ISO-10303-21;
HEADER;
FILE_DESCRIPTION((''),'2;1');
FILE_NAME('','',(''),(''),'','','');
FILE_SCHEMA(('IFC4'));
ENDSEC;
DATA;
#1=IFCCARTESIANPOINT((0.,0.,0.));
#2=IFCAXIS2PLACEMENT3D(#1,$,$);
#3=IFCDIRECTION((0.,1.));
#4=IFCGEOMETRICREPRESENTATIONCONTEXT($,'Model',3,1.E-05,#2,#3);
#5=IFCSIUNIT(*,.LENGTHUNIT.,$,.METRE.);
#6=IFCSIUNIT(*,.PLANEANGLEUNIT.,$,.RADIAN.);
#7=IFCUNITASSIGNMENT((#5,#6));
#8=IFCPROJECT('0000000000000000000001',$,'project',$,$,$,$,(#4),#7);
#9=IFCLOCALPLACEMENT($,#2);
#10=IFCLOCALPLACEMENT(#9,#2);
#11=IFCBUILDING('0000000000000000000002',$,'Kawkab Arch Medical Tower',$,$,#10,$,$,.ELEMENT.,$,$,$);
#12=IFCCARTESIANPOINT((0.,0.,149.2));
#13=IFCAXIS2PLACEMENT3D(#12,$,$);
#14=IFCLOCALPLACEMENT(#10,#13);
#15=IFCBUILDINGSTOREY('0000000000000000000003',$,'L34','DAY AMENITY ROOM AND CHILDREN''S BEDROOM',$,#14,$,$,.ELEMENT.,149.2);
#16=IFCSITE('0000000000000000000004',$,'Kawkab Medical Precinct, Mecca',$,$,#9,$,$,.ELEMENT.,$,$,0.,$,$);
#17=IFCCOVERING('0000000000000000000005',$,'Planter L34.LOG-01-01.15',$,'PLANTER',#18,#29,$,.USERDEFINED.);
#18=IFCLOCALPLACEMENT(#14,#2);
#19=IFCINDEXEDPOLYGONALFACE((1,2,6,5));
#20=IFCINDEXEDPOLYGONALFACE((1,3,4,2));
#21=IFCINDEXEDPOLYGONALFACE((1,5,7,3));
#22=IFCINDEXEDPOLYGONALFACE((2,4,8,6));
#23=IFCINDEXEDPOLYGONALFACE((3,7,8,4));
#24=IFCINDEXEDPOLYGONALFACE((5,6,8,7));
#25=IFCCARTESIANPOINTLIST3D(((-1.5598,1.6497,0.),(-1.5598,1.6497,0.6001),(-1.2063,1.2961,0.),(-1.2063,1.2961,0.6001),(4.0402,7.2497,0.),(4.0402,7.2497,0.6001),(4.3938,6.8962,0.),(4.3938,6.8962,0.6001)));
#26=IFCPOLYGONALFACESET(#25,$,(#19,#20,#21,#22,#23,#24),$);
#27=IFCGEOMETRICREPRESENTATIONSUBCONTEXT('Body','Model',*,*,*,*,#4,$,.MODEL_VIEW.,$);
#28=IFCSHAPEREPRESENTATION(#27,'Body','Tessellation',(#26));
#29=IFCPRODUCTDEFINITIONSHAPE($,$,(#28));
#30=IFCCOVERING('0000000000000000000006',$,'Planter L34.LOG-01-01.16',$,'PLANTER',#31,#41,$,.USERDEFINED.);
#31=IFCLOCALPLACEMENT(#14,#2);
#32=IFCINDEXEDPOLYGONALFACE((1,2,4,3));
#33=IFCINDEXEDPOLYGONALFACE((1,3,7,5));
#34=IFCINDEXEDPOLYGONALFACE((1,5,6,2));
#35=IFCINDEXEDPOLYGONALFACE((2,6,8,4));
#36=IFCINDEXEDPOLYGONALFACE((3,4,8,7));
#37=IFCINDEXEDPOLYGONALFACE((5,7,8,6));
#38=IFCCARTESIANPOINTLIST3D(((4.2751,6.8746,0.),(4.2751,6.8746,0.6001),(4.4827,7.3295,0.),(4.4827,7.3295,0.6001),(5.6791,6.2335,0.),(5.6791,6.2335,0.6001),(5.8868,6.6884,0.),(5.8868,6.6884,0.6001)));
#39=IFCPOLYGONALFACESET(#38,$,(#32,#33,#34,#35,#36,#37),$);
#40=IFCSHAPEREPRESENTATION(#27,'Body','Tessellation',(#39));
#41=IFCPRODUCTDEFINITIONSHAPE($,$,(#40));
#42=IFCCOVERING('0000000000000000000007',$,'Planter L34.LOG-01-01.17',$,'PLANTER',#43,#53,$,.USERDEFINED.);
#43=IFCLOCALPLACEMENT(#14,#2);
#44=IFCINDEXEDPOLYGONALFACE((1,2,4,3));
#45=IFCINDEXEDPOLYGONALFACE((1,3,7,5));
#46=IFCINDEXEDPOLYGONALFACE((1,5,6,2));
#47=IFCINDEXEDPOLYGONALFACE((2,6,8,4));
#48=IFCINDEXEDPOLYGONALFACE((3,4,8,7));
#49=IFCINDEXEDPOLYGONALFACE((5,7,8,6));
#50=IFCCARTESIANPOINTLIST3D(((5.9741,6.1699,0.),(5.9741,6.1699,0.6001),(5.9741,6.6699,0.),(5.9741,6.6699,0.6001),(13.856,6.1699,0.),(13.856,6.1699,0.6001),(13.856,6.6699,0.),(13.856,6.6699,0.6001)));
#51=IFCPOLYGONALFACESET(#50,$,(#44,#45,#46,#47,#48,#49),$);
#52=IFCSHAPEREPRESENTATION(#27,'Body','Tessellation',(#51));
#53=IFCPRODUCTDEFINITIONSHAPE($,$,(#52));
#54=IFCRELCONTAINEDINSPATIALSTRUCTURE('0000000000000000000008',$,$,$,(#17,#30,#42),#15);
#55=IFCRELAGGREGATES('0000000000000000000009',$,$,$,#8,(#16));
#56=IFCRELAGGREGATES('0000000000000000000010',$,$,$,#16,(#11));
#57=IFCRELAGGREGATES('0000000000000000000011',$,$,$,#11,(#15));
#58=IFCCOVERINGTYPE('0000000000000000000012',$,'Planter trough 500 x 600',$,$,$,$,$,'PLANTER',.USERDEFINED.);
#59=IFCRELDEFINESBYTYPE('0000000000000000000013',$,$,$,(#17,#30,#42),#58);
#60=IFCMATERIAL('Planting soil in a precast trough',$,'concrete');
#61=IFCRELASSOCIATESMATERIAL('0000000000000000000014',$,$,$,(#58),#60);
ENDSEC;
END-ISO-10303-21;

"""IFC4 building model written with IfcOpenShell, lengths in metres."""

from ifc_helpers import new_model, si_unit, direction, frame, origin, origin_2d, place, context, subcontext, project, spatial, rectangle, extrude, material, material_profile, profile_set, type_object, element, save


model = new_model("IFC4")

# Units and contexts
model_context = context("Model", 3, precision=1e-05, world=origin(), true_north=direction((0.0, 1.0)))
body_context = subcontext(model_context, "Body", "Model", "MODEL_VIEW")
ifc_project = project(units=[si_unit("LENGTHUNIT", "METRE"), si_unit("PLANEANGLEUNIT", "RADIAN")], contexts=[model_context])

# Site, building, storey
site_placement = place(None, origin())
site = spatial("IfcSite", under=ifc_project, at=site_placement, Name="Kawkab Medical Precinct, Mecca", CompositionType="ELEMENT", RefElevation=0.0)
building_placement = place(site_placement, origin())
building = spatial("IfcBuilding", under=site, at=building_placement, Name="Kawkab Arch Medical Tower", CompositionType="ELEMENT")
storey_placement = place(building_placement, frame((0.0, 0.0, 149.2)))
storey = spatial("IfcBuildingStorey", under=building, at=storey_placement, Name="L34", Description="DAY AMENITY ROOM AND CHILDREN'S BEDROOM", CompositionType="ELEMENT", Elevation=149.2)

# Coverings
ifc_material_1 = material(Name="Planting soil in a precast trough", Category="concrete")
ifc_material_profile_1 = material_profile(ifc_material_1, rectangle(XDim=0.5, YDim=0.6001, at=origin_2d()), Name="Trough 500x600")
ifc_profile_set_1 = profile_set([ifc_material_profile_1], Name="Planting soil in a precast trough")
covering_type = type_object("IfcCoveringType", Name="Planter trough 500 x 600", ElementType="PLANTER", PredefinedType="USERDEFINED", material=ifc_profile_set_1)
covering_1_placement = place(storey_placement, frame((-1.3831, 1.4729, 0.3), z_axis=(0.707107, 0.707107, 0.0), x_axis=(-0.707107, 0.707107, 0.0)))
element("IfcCovering", 1, at=covering_1_placement, inside=storey, type_object=covering_type, Name="Planter L34.LOG-01-01.15", ObjectType="PLANTER", PredefinedType="USERDEFINED", context=body_context, shape_type="SweptSolid", body=[
    extrude(rectangle(XDim=0.5, YDim=0.6001, at=origin_2d()), origin(), (0.0, 0.0, 1.0), 7.9197),
])
covering_2_placement = place(storey_placement, frame((4.3789, 7.1021, 0.3), z_axis=(0.909656, -0.415363, 0.0), x_axis=(0.415363, 0.909656, 0.0)))
element("IfcCovering", 2, at=covering_2_placement, inside=storey, type_object=covering_type, Name="Planter L34.LOG-01-01.16", ObjectType="PLANTER", PredefinedType="USERDEFINED", context=body_context, shape_type="SweptSolid", body=[
    extrude(rectangle(XDim=0.5, YDim=0.6001, at=origin_2d()), origin(), (0.0, 0.0, 1.0), 1.5435),
])
covering_3_placement = place(storey_placement, frame((5.9741, 6.4199, 0.3), z_axis=(1.0, 0.0, 0.0), x_axis=(0.0, 1.0, 0.0)))
element("IfcCovering", 3, at=covering_3_placement, inside=storey, type_object=covering_type, Name="Planter L34.LOG-01-01.17", ObjectType="PLANTER", PredefinedType="USERDEFINED", context=body_context, shape_type="SweptSolid", body=[
    extrude(rectangle(XDim=0.5, YDim=0.6001, at=origin_2d()), origin(), (0.0, 0.0, 1.0), 7.8818),
])

save(model, "model.ifc")
